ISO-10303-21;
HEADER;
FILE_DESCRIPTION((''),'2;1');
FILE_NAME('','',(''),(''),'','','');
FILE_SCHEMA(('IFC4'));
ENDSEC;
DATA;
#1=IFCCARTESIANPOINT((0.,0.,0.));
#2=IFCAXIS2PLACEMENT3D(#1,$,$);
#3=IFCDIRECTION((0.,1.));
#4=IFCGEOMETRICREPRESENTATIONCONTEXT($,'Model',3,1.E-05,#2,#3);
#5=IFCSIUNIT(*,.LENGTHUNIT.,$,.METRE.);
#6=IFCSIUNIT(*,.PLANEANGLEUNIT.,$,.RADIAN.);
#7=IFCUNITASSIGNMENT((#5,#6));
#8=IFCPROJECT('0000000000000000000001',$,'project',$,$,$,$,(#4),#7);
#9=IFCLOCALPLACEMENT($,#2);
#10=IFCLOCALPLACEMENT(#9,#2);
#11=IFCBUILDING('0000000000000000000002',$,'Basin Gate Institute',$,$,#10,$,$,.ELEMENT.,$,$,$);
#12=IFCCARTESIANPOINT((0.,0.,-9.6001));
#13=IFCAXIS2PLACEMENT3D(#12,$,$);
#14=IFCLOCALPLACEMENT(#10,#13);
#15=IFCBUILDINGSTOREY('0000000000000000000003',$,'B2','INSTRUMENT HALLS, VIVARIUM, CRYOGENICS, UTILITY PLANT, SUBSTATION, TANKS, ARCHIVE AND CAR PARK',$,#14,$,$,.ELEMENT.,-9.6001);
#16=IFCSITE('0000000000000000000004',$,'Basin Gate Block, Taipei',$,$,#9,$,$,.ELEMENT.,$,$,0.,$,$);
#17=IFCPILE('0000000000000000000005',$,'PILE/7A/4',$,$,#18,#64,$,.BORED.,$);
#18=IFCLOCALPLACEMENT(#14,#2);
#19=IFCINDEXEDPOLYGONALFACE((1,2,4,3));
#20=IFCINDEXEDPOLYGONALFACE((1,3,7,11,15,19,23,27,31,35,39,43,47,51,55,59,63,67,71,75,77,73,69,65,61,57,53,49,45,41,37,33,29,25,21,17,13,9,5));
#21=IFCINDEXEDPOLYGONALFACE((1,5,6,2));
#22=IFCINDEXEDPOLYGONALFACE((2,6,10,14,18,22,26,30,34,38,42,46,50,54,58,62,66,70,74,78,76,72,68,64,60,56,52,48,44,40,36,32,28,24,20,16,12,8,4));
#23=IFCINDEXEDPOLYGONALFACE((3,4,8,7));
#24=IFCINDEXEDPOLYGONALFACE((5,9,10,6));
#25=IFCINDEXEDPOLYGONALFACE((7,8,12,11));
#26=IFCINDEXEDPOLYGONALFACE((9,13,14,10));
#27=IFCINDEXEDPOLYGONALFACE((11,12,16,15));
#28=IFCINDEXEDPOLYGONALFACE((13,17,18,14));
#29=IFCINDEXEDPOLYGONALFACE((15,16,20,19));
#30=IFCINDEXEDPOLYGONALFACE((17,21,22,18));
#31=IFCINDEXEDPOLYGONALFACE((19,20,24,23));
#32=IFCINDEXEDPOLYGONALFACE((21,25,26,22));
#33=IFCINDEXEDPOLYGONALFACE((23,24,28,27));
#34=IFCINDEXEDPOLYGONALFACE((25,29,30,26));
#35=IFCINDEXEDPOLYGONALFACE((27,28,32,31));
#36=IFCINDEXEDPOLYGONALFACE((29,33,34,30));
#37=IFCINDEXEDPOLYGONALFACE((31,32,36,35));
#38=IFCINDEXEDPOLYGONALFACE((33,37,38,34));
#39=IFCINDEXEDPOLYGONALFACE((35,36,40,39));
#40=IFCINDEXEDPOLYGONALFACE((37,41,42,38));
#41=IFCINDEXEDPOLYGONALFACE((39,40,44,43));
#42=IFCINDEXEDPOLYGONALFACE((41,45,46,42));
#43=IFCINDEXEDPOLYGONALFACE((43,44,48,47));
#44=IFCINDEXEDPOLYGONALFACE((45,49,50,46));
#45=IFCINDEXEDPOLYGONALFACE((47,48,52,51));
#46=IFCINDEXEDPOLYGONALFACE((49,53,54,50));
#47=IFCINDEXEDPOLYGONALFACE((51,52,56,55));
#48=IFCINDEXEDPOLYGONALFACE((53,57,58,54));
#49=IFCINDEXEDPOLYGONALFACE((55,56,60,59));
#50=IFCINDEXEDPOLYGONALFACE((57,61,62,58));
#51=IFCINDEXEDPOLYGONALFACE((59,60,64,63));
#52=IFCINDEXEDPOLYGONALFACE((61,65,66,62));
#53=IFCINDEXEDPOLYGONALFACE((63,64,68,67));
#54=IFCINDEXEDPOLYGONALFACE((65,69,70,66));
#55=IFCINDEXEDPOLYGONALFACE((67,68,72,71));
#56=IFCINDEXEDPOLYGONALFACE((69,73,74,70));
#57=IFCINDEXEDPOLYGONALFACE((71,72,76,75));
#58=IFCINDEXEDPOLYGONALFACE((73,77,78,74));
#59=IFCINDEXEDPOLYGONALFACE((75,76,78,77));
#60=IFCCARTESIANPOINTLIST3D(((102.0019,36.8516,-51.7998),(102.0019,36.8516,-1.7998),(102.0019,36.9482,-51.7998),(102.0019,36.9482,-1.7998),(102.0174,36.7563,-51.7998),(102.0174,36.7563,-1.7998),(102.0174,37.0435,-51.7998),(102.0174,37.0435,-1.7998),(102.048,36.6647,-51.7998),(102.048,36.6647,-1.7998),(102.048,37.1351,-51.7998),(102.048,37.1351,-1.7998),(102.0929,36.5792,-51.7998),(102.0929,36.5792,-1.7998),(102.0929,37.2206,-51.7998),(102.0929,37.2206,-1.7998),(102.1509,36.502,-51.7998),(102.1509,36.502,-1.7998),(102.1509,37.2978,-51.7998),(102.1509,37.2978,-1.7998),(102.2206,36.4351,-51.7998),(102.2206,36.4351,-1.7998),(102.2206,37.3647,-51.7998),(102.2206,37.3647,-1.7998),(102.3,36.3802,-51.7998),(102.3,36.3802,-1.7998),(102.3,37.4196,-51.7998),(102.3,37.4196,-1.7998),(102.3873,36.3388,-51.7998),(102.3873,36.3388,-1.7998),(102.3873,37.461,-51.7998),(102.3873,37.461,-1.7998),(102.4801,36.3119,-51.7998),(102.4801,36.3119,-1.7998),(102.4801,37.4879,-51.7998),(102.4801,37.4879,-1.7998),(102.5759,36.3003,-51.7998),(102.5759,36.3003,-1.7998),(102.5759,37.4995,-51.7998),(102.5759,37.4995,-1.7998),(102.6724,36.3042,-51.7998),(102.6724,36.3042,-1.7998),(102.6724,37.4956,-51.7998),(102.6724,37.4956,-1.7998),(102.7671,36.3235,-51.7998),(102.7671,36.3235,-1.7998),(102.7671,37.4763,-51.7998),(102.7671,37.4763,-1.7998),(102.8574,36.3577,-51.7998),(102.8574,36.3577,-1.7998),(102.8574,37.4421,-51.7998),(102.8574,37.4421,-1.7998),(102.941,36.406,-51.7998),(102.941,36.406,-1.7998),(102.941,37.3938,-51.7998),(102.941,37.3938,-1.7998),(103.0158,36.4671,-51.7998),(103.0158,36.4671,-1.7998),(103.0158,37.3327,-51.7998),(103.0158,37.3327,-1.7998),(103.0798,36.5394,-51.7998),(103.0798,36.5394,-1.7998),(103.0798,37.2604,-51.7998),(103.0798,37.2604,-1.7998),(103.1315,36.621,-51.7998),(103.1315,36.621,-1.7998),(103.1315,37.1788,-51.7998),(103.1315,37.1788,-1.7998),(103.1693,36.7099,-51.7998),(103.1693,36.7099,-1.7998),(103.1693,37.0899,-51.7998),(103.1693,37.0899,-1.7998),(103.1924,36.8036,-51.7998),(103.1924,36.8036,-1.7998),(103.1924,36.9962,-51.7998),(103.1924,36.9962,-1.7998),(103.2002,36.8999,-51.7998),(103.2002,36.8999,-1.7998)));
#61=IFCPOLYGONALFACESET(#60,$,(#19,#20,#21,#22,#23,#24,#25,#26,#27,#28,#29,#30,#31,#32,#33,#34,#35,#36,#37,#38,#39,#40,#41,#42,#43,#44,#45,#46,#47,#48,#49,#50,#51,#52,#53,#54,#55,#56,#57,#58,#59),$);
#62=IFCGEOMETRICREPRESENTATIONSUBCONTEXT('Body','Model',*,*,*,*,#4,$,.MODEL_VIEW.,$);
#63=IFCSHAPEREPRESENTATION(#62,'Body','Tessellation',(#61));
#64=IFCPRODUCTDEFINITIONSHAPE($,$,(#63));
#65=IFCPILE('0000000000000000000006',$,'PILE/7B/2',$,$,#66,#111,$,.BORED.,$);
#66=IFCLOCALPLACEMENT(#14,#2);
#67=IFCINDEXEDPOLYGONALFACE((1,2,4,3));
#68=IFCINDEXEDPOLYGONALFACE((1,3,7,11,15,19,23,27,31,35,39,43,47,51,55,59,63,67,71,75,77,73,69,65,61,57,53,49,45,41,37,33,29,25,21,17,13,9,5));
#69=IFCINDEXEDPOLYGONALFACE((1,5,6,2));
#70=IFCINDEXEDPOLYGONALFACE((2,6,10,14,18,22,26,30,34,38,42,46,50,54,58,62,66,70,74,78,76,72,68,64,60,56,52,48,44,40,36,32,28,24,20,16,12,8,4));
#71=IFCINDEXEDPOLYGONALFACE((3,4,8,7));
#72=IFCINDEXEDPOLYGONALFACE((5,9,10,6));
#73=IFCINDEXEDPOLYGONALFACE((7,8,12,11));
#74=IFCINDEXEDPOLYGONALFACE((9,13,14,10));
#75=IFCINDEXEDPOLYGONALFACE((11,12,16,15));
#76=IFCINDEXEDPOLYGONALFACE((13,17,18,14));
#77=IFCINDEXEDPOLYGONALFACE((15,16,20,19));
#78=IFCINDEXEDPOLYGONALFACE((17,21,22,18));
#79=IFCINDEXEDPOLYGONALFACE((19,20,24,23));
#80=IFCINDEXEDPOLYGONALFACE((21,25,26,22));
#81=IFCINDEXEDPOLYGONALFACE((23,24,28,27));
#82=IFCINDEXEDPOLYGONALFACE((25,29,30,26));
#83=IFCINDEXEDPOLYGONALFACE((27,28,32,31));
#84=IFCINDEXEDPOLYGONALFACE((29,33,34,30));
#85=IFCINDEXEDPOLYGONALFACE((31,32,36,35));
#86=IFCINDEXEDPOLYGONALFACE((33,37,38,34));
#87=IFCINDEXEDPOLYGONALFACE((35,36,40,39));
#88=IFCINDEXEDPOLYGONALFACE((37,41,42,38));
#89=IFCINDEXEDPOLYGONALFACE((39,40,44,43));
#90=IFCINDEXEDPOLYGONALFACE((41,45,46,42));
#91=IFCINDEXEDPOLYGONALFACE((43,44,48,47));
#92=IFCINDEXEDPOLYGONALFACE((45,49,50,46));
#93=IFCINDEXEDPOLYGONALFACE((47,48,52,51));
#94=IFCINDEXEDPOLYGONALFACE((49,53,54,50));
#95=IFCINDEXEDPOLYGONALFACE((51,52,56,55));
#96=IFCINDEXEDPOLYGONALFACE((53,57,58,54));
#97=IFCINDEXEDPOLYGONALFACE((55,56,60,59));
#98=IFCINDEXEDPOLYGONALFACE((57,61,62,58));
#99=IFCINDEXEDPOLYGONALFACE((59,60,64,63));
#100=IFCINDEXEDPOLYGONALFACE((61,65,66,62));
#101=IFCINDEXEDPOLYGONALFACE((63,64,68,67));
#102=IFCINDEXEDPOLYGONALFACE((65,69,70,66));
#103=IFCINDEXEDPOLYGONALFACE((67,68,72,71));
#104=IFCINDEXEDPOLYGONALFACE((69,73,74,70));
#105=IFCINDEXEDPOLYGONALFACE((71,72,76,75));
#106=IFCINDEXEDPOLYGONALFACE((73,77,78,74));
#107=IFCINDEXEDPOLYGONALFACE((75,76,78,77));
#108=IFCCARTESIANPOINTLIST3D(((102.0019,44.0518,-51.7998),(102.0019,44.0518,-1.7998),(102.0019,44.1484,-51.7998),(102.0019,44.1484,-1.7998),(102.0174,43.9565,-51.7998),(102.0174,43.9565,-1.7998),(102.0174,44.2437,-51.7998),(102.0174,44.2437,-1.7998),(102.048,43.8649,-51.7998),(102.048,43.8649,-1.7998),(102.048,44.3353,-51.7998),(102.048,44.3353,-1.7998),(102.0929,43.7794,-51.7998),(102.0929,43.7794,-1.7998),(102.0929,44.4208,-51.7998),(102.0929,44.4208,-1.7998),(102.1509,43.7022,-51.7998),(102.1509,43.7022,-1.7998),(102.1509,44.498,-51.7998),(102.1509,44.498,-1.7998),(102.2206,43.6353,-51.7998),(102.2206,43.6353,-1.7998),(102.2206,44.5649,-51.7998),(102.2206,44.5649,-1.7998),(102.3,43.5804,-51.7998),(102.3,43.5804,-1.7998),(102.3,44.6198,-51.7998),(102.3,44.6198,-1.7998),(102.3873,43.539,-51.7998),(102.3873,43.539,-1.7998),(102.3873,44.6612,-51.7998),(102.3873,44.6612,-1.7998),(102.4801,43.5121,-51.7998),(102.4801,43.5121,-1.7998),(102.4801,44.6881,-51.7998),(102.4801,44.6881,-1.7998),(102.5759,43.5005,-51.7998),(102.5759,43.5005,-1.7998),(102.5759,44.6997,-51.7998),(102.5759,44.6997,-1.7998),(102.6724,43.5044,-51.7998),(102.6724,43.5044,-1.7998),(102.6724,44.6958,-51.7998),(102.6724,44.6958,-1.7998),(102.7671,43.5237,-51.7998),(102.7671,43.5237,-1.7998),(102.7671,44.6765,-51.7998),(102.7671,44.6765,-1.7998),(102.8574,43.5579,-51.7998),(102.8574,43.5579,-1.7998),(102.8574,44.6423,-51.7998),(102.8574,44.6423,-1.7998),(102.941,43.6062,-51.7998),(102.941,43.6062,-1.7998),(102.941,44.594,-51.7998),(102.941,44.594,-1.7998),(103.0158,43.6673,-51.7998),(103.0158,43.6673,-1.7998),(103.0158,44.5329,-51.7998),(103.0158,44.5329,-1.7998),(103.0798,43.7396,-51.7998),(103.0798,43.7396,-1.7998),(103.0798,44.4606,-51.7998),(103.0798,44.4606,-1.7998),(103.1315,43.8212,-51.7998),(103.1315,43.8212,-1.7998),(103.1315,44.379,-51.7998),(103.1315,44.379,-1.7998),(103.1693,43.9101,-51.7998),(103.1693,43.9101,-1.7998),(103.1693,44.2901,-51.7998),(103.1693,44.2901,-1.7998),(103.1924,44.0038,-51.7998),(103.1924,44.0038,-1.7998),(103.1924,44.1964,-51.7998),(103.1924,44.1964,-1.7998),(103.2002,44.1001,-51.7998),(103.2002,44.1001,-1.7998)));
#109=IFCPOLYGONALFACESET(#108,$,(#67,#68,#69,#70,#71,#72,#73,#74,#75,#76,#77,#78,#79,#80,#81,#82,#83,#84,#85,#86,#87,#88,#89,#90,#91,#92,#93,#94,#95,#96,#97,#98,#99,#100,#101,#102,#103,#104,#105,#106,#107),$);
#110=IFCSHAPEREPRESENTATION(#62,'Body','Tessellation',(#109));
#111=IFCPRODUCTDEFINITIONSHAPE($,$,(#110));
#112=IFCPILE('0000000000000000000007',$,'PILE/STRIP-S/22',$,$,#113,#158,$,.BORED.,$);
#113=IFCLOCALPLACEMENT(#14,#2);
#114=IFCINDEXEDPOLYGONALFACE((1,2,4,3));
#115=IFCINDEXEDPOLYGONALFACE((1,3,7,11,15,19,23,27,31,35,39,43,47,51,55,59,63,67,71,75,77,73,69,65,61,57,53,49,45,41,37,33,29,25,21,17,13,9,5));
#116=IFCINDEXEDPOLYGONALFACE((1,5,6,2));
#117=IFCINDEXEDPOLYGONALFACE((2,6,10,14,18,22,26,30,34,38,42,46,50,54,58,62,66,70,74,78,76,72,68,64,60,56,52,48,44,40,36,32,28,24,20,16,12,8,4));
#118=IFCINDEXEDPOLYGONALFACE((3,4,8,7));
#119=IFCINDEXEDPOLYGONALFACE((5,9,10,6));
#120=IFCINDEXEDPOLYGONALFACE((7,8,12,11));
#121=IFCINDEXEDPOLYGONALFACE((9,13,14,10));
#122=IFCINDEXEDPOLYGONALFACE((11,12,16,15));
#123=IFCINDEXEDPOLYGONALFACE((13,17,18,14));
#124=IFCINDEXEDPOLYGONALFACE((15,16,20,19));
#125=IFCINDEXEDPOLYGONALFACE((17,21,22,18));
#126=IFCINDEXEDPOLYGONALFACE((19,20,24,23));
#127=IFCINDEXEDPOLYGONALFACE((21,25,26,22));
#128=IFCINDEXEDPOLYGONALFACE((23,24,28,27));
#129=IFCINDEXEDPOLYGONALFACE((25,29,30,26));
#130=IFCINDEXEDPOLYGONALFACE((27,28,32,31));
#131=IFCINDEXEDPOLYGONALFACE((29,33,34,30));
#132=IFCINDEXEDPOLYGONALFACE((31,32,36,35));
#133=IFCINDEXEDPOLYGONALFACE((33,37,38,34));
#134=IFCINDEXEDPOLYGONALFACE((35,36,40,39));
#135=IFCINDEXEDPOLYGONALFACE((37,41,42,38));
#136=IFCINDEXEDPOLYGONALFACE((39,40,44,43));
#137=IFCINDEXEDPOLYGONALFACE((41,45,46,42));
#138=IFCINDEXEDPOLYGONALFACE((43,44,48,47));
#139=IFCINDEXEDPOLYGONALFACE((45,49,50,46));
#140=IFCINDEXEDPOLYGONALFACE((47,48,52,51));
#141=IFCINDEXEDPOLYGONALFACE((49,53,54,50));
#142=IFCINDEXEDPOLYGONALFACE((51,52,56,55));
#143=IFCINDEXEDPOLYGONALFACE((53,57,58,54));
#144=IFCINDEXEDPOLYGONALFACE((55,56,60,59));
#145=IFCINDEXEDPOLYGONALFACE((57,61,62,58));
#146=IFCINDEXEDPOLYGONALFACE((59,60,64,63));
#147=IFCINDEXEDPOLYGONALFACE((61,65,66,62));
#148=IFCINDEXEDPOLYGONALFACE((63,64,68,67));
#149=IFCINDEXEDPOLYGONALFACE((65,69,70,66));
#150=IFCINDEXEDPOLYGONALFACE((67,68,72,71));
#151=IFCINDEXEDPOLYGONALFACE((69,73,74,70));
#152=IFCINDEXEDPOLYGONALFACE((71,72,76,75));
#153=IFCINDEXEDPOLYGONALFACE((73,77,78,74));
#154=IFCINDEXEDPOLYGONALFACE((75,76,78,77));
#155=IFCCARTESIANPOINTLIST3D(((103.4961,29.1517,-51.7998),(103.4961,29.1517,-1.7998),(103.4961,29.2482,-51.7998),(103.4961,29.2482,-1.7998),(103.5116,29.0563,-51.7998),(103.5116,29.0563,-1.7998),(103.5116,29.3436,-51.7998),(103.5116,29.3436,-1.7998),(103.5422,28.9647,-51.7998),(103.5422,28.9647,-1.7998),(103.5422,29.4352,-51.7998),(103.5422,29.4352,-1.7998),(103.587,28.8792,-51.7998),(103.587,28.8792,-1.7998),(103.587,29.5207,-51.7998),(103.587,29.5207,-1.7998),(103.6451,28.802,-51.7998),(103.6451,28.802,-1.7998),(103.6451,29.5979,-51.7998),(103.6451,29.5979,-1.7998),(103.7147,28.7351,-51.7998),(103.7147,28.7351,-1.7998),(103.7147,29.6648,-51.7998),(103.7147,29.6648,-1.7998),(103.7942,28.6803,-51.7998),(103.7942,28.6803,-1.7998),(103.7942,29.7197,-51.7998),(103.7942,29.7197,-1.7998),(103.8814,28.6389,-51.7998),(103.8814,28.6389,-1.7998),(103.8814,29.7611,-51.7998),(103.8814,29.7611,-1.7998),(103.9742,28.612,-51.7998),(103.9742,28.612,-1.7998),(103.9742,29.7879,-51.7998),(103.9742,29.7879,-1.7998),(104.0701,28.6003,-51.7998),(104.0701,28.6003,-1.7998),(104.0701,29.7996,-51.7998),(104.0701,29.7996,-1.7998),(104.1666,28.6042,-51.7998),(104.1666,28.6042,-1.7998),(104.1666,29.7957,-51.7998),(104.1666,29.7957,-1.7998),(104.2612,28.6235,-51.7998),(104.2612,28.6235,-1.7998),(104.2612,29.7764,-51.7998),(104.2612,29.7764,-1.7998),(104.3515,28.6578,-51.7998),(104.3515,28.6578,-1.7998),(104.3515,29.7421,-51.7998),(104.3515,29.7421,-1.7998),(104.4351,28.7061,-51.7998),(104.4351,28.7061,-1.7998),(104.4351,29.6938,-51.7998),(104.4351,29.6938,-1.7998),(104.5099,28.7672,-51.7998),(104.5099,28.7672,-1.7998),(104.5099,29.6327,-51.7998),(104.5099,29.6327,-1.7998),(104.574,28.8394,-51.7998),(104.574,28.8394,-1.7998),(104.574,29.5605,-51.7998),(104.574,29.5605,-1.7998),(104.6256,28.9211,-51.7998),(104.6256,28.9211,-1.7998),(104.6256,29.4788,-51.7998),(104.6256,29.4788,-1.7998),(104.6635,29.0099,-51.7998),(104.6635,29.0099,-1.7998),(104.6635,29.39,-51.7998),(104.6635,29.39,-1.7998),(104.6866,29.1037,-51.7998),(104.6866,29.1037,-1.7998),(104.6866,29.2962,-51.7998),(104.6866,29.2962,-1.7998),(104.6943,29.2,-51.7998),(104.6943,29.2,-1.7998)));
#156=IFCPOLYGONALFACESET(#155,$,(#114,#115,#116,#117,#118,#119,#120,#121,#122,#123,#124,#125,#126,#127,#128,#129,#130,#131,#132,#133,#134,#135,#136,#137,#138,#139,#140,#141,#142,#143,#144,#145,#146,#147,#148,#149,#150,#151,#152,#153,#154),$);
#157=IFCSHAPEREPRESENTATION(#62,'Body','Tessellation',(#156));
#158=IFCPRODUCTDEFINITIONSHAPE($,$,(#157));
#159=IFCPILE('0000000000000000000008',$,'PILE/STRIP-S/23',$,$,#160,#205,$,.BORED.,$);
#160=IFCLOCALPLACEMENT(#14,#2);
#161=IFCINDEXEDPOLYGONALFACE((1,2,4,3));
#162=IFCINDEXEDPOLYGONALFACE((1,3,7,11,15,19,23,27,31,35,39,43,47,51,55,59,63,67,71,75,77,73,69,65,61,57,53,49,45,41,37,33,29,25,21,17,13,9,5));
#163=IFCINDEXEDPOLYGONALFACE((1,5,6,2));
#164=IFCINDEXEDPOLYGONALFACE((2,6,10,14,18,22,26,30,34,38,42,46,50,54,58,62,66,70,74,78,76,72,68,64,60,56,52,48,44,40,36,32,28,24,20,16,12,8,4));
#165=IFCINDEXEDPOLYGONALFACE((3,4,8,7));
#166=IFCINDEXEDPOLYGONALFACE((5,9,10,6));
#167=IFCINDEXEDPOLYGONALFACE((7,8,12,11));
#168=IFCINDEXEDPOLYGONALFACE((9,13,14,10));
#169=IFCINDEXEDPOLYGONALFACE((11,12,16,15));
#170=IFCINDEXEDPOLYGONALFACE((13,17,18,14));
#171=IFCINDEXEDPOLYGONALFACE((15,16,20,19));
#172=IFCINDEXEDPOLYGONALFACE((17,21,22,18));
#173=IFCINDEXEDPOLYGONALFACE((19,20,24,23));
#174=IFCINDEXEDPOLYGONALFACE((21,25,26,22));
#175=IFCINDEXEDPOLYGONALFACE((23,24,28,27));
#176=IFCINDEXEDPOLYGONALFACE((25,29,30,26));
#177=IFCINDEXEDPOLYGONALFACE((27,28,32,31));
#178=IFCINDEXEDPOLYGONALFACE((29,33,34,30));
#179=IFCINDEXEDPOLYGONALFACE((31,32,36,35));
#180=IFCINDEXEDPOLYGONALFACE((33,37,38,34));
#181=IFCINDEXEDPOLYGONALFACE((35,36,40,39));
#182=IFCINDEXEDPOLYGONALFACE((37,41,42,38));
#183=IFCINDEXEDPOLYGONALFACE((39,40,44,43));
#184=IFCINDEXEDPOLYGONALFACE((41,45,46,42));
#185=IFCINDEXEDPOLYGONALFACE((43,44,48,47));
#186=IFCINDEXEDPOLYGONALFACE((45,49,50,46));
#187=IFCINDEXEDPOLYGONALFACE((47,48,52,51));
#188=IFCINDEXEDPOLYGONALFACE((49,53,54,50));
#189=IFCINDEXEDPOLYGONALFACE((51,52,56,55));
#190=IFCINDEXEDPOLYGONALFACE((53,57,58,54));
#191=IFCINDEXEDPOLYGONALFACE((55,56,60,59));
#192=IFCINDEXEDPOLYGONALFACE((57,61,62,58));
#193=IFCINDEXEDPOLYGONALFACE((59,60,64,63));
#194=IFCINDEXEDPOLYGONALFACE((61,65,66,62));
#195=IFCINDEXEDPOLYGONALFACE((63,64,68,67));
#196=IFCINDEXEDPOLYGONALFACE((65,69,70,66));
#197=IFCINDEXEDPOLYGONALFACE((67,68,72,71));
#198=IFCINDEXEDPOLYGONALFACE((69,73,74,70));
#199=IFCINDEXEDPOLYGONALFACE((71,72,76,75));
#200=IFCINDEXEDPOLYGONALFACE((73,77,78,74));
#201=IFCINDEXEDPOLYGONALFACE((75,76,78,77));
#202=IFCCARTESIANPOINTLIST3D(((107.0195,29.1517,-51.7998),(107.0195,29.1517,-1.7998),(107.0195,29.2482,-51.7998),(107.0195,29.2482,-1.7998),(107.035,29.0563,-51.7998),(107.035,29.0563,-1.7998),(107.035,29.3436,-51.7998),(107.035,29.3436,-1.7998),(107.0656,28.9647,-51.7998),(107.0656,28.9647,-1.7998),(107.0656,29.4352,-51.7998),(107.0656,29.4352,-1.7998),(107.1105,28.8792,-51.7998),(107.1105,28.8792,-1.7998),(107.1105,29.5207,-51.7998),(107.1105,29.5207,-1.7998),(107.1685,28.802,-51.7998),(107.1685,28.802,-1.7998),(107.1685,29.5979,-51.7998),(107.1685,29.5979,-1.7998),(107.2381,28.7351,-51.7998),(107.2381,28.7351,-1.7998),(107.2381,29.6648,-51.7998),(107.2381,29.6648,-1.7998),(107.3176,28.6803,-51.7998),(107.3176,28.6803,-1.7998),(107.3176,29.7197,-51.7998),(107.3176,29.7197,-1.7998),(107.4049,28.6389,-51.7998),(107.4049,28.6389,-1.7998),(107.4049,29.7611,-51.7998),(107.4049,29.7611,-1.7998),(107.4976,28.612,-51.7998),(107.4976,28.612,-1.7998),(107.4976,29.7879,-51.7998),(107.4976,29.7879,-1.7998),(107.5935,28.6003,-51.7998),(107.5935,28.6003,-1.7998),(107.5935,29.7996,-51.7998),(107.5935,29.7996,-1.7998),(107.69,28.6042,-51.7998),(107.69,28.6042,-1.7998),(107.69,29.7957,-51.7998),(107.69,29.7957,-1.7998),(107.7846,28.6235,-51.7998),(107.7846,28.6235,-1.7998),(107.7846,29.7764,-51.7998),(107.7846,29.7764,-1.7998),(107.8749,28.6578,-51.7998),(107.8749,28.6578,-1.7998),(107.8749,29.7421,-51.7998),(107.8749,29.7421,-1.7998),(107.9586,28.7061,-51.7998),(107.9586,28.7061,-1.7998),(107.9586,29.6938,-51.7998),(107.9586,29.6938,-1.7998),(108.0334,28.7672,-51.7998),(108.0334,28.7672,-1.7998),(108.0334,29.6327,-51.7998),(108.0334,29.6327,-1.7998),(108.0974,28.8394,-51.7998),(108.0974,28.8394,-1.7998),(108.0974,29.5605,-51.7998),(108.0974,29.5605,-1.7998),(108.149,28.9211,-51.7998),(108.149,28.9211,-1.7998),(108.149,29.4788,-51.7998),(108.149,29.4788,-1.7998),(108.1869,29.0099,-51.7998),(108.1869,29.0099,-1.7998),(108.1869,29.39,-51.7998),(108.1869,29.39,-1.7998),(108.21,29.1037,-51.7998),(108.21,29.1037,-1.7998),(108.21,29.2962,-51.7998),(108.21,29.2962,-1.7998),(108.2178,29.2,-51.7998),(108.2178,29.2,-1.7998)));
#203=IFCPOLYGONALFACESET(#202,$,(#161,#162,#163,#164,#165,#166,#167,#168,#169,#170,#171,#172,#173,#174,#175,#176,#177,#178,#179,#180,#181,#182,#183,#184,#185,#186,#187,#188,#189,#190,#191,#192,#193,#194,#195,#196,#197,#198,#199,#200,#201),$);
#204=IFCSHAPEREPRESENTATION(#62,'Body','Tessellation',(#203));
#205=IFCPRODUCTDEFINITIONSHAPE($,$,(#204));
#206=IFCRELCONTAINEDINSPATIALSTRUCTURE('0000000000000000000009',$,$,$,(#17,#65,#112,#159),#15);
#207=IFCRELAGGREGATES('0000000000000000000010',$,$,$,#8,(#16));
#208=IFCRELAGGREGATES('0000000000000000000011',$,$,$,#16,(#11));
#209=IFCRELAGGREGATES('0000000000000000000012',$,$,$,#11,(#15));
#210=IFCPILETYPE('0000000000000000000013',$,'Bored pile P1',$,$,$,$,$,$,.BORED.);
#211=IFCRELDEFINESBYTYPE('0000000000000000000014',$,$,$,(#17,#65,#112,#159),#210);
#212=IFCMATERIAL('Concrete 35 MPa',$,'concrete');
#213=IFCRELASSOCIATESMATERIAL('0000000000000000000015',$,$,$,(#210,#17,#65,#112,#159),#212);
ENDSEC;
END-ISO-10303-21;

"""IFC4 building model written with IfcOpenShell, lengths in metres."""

from ifc_helpers import new_model, si_unit, direction, frame, origin, origin_2d, place, context, subcontext, project, spatial, circle, extrude, material, material_profile, profile_set, type_object, element, save


model = new_model("IFC4")

# Units and contexts
model_context = context("Model", 3, precision=1e-05, world=origin(), true_north=direction((0.0, 1.0)))
body_context = subcontext(model_context, "Body", "Model", "MODEL_VIEW")
ifc_project = project(units=[si_unit("LENGTHUNIT", "METRE"), si_unit("PLANEANGLEUNIT", "RADIAN")], contexts=[model_context])

# Site, building, storey
site_placement = place(None, origin())
site = spatial("IfcSite", under=ifc_project, at=site_placement, Name="Basin Gate Block, Taipei", CompositionType="ELEMENT", RefElevation=0.0)
building_placement = place(site_placement, origin())
building = spatial("IfcBuilding", under=site, at=building_placement, Name="Basin Gate Institute", CompositionType="ELEMENT")
storey_placement = place(building_placement, frame((0.0, 0.0, -9.6001)))
storey = spatial("IfcBuildingStorey", under=building, at=storey_placement, Name="B2", Description="INSTRUMENT HALLS, VIVARIUM, CRYOGENICS, UTILITY PLANT, SUBSTATION, TANKS, ARCHIVE AND CAR PARK", CompositionType="ELEMENT", Elevation=-9.6001)

# Piles
ifc_material_1 = material(Name="Concrete 35 MPa", Category="concrete")
ifc_material_profile_1 = material_profile(ifc_material_1, circle(Radius=0.6001, at=origin_2d()), Name="Bored pile P1 1200 dia")
ifc_profile_set_1 = profile_set([ifc_material_profile_1], Name="Concrete 35 MPa")
pile_type = type_object("IfcPileType", Name="Bored pile P1", PredefinedType="BORED", material=ifc_profile_set_1)
for number, where, z_axis, x_axis, name in (
    (1, (102.6001, 36.8999, -1.7998), (0.0, 0.0, -1.0), (1.0, 0.0, 0.0), "PILE/7A/4"),
    (2, (102.6001, 44.1001, -1.7998), (0.0, 0.0, -1.0), (1.0, 0.0, 0.0), "PILE/7B/2"),
    (3, (104.0942, 29.2, -1.7998), (0.0, 0.0, -1.0), (1.0, 0.0, 0.0), "PILE/STRIP-S/22"),
    (4, (107.6177, 29.2, -1.7998), (0.0, 0.0, -1.0), (1.0, 0.0, 0.0), "PILE/STRIP-S/23"),
):
    element("IfcPile", number, at=place(storey_placement, frame(where, z_axis=z_axis, x_axis=x_axis)), inside=storey, type_object=pile_type, material=ifc_profile_set_1, Name=name, PredefinedType="BORED", context=body_context, shape_type="SweptSolid", body=[
        extrude(circle(Radius=0.6001, at=origin_2d()), origin(), (0.0, 0.0, 1.0), 50.0),
    ])

save(model, "model.ifc")
